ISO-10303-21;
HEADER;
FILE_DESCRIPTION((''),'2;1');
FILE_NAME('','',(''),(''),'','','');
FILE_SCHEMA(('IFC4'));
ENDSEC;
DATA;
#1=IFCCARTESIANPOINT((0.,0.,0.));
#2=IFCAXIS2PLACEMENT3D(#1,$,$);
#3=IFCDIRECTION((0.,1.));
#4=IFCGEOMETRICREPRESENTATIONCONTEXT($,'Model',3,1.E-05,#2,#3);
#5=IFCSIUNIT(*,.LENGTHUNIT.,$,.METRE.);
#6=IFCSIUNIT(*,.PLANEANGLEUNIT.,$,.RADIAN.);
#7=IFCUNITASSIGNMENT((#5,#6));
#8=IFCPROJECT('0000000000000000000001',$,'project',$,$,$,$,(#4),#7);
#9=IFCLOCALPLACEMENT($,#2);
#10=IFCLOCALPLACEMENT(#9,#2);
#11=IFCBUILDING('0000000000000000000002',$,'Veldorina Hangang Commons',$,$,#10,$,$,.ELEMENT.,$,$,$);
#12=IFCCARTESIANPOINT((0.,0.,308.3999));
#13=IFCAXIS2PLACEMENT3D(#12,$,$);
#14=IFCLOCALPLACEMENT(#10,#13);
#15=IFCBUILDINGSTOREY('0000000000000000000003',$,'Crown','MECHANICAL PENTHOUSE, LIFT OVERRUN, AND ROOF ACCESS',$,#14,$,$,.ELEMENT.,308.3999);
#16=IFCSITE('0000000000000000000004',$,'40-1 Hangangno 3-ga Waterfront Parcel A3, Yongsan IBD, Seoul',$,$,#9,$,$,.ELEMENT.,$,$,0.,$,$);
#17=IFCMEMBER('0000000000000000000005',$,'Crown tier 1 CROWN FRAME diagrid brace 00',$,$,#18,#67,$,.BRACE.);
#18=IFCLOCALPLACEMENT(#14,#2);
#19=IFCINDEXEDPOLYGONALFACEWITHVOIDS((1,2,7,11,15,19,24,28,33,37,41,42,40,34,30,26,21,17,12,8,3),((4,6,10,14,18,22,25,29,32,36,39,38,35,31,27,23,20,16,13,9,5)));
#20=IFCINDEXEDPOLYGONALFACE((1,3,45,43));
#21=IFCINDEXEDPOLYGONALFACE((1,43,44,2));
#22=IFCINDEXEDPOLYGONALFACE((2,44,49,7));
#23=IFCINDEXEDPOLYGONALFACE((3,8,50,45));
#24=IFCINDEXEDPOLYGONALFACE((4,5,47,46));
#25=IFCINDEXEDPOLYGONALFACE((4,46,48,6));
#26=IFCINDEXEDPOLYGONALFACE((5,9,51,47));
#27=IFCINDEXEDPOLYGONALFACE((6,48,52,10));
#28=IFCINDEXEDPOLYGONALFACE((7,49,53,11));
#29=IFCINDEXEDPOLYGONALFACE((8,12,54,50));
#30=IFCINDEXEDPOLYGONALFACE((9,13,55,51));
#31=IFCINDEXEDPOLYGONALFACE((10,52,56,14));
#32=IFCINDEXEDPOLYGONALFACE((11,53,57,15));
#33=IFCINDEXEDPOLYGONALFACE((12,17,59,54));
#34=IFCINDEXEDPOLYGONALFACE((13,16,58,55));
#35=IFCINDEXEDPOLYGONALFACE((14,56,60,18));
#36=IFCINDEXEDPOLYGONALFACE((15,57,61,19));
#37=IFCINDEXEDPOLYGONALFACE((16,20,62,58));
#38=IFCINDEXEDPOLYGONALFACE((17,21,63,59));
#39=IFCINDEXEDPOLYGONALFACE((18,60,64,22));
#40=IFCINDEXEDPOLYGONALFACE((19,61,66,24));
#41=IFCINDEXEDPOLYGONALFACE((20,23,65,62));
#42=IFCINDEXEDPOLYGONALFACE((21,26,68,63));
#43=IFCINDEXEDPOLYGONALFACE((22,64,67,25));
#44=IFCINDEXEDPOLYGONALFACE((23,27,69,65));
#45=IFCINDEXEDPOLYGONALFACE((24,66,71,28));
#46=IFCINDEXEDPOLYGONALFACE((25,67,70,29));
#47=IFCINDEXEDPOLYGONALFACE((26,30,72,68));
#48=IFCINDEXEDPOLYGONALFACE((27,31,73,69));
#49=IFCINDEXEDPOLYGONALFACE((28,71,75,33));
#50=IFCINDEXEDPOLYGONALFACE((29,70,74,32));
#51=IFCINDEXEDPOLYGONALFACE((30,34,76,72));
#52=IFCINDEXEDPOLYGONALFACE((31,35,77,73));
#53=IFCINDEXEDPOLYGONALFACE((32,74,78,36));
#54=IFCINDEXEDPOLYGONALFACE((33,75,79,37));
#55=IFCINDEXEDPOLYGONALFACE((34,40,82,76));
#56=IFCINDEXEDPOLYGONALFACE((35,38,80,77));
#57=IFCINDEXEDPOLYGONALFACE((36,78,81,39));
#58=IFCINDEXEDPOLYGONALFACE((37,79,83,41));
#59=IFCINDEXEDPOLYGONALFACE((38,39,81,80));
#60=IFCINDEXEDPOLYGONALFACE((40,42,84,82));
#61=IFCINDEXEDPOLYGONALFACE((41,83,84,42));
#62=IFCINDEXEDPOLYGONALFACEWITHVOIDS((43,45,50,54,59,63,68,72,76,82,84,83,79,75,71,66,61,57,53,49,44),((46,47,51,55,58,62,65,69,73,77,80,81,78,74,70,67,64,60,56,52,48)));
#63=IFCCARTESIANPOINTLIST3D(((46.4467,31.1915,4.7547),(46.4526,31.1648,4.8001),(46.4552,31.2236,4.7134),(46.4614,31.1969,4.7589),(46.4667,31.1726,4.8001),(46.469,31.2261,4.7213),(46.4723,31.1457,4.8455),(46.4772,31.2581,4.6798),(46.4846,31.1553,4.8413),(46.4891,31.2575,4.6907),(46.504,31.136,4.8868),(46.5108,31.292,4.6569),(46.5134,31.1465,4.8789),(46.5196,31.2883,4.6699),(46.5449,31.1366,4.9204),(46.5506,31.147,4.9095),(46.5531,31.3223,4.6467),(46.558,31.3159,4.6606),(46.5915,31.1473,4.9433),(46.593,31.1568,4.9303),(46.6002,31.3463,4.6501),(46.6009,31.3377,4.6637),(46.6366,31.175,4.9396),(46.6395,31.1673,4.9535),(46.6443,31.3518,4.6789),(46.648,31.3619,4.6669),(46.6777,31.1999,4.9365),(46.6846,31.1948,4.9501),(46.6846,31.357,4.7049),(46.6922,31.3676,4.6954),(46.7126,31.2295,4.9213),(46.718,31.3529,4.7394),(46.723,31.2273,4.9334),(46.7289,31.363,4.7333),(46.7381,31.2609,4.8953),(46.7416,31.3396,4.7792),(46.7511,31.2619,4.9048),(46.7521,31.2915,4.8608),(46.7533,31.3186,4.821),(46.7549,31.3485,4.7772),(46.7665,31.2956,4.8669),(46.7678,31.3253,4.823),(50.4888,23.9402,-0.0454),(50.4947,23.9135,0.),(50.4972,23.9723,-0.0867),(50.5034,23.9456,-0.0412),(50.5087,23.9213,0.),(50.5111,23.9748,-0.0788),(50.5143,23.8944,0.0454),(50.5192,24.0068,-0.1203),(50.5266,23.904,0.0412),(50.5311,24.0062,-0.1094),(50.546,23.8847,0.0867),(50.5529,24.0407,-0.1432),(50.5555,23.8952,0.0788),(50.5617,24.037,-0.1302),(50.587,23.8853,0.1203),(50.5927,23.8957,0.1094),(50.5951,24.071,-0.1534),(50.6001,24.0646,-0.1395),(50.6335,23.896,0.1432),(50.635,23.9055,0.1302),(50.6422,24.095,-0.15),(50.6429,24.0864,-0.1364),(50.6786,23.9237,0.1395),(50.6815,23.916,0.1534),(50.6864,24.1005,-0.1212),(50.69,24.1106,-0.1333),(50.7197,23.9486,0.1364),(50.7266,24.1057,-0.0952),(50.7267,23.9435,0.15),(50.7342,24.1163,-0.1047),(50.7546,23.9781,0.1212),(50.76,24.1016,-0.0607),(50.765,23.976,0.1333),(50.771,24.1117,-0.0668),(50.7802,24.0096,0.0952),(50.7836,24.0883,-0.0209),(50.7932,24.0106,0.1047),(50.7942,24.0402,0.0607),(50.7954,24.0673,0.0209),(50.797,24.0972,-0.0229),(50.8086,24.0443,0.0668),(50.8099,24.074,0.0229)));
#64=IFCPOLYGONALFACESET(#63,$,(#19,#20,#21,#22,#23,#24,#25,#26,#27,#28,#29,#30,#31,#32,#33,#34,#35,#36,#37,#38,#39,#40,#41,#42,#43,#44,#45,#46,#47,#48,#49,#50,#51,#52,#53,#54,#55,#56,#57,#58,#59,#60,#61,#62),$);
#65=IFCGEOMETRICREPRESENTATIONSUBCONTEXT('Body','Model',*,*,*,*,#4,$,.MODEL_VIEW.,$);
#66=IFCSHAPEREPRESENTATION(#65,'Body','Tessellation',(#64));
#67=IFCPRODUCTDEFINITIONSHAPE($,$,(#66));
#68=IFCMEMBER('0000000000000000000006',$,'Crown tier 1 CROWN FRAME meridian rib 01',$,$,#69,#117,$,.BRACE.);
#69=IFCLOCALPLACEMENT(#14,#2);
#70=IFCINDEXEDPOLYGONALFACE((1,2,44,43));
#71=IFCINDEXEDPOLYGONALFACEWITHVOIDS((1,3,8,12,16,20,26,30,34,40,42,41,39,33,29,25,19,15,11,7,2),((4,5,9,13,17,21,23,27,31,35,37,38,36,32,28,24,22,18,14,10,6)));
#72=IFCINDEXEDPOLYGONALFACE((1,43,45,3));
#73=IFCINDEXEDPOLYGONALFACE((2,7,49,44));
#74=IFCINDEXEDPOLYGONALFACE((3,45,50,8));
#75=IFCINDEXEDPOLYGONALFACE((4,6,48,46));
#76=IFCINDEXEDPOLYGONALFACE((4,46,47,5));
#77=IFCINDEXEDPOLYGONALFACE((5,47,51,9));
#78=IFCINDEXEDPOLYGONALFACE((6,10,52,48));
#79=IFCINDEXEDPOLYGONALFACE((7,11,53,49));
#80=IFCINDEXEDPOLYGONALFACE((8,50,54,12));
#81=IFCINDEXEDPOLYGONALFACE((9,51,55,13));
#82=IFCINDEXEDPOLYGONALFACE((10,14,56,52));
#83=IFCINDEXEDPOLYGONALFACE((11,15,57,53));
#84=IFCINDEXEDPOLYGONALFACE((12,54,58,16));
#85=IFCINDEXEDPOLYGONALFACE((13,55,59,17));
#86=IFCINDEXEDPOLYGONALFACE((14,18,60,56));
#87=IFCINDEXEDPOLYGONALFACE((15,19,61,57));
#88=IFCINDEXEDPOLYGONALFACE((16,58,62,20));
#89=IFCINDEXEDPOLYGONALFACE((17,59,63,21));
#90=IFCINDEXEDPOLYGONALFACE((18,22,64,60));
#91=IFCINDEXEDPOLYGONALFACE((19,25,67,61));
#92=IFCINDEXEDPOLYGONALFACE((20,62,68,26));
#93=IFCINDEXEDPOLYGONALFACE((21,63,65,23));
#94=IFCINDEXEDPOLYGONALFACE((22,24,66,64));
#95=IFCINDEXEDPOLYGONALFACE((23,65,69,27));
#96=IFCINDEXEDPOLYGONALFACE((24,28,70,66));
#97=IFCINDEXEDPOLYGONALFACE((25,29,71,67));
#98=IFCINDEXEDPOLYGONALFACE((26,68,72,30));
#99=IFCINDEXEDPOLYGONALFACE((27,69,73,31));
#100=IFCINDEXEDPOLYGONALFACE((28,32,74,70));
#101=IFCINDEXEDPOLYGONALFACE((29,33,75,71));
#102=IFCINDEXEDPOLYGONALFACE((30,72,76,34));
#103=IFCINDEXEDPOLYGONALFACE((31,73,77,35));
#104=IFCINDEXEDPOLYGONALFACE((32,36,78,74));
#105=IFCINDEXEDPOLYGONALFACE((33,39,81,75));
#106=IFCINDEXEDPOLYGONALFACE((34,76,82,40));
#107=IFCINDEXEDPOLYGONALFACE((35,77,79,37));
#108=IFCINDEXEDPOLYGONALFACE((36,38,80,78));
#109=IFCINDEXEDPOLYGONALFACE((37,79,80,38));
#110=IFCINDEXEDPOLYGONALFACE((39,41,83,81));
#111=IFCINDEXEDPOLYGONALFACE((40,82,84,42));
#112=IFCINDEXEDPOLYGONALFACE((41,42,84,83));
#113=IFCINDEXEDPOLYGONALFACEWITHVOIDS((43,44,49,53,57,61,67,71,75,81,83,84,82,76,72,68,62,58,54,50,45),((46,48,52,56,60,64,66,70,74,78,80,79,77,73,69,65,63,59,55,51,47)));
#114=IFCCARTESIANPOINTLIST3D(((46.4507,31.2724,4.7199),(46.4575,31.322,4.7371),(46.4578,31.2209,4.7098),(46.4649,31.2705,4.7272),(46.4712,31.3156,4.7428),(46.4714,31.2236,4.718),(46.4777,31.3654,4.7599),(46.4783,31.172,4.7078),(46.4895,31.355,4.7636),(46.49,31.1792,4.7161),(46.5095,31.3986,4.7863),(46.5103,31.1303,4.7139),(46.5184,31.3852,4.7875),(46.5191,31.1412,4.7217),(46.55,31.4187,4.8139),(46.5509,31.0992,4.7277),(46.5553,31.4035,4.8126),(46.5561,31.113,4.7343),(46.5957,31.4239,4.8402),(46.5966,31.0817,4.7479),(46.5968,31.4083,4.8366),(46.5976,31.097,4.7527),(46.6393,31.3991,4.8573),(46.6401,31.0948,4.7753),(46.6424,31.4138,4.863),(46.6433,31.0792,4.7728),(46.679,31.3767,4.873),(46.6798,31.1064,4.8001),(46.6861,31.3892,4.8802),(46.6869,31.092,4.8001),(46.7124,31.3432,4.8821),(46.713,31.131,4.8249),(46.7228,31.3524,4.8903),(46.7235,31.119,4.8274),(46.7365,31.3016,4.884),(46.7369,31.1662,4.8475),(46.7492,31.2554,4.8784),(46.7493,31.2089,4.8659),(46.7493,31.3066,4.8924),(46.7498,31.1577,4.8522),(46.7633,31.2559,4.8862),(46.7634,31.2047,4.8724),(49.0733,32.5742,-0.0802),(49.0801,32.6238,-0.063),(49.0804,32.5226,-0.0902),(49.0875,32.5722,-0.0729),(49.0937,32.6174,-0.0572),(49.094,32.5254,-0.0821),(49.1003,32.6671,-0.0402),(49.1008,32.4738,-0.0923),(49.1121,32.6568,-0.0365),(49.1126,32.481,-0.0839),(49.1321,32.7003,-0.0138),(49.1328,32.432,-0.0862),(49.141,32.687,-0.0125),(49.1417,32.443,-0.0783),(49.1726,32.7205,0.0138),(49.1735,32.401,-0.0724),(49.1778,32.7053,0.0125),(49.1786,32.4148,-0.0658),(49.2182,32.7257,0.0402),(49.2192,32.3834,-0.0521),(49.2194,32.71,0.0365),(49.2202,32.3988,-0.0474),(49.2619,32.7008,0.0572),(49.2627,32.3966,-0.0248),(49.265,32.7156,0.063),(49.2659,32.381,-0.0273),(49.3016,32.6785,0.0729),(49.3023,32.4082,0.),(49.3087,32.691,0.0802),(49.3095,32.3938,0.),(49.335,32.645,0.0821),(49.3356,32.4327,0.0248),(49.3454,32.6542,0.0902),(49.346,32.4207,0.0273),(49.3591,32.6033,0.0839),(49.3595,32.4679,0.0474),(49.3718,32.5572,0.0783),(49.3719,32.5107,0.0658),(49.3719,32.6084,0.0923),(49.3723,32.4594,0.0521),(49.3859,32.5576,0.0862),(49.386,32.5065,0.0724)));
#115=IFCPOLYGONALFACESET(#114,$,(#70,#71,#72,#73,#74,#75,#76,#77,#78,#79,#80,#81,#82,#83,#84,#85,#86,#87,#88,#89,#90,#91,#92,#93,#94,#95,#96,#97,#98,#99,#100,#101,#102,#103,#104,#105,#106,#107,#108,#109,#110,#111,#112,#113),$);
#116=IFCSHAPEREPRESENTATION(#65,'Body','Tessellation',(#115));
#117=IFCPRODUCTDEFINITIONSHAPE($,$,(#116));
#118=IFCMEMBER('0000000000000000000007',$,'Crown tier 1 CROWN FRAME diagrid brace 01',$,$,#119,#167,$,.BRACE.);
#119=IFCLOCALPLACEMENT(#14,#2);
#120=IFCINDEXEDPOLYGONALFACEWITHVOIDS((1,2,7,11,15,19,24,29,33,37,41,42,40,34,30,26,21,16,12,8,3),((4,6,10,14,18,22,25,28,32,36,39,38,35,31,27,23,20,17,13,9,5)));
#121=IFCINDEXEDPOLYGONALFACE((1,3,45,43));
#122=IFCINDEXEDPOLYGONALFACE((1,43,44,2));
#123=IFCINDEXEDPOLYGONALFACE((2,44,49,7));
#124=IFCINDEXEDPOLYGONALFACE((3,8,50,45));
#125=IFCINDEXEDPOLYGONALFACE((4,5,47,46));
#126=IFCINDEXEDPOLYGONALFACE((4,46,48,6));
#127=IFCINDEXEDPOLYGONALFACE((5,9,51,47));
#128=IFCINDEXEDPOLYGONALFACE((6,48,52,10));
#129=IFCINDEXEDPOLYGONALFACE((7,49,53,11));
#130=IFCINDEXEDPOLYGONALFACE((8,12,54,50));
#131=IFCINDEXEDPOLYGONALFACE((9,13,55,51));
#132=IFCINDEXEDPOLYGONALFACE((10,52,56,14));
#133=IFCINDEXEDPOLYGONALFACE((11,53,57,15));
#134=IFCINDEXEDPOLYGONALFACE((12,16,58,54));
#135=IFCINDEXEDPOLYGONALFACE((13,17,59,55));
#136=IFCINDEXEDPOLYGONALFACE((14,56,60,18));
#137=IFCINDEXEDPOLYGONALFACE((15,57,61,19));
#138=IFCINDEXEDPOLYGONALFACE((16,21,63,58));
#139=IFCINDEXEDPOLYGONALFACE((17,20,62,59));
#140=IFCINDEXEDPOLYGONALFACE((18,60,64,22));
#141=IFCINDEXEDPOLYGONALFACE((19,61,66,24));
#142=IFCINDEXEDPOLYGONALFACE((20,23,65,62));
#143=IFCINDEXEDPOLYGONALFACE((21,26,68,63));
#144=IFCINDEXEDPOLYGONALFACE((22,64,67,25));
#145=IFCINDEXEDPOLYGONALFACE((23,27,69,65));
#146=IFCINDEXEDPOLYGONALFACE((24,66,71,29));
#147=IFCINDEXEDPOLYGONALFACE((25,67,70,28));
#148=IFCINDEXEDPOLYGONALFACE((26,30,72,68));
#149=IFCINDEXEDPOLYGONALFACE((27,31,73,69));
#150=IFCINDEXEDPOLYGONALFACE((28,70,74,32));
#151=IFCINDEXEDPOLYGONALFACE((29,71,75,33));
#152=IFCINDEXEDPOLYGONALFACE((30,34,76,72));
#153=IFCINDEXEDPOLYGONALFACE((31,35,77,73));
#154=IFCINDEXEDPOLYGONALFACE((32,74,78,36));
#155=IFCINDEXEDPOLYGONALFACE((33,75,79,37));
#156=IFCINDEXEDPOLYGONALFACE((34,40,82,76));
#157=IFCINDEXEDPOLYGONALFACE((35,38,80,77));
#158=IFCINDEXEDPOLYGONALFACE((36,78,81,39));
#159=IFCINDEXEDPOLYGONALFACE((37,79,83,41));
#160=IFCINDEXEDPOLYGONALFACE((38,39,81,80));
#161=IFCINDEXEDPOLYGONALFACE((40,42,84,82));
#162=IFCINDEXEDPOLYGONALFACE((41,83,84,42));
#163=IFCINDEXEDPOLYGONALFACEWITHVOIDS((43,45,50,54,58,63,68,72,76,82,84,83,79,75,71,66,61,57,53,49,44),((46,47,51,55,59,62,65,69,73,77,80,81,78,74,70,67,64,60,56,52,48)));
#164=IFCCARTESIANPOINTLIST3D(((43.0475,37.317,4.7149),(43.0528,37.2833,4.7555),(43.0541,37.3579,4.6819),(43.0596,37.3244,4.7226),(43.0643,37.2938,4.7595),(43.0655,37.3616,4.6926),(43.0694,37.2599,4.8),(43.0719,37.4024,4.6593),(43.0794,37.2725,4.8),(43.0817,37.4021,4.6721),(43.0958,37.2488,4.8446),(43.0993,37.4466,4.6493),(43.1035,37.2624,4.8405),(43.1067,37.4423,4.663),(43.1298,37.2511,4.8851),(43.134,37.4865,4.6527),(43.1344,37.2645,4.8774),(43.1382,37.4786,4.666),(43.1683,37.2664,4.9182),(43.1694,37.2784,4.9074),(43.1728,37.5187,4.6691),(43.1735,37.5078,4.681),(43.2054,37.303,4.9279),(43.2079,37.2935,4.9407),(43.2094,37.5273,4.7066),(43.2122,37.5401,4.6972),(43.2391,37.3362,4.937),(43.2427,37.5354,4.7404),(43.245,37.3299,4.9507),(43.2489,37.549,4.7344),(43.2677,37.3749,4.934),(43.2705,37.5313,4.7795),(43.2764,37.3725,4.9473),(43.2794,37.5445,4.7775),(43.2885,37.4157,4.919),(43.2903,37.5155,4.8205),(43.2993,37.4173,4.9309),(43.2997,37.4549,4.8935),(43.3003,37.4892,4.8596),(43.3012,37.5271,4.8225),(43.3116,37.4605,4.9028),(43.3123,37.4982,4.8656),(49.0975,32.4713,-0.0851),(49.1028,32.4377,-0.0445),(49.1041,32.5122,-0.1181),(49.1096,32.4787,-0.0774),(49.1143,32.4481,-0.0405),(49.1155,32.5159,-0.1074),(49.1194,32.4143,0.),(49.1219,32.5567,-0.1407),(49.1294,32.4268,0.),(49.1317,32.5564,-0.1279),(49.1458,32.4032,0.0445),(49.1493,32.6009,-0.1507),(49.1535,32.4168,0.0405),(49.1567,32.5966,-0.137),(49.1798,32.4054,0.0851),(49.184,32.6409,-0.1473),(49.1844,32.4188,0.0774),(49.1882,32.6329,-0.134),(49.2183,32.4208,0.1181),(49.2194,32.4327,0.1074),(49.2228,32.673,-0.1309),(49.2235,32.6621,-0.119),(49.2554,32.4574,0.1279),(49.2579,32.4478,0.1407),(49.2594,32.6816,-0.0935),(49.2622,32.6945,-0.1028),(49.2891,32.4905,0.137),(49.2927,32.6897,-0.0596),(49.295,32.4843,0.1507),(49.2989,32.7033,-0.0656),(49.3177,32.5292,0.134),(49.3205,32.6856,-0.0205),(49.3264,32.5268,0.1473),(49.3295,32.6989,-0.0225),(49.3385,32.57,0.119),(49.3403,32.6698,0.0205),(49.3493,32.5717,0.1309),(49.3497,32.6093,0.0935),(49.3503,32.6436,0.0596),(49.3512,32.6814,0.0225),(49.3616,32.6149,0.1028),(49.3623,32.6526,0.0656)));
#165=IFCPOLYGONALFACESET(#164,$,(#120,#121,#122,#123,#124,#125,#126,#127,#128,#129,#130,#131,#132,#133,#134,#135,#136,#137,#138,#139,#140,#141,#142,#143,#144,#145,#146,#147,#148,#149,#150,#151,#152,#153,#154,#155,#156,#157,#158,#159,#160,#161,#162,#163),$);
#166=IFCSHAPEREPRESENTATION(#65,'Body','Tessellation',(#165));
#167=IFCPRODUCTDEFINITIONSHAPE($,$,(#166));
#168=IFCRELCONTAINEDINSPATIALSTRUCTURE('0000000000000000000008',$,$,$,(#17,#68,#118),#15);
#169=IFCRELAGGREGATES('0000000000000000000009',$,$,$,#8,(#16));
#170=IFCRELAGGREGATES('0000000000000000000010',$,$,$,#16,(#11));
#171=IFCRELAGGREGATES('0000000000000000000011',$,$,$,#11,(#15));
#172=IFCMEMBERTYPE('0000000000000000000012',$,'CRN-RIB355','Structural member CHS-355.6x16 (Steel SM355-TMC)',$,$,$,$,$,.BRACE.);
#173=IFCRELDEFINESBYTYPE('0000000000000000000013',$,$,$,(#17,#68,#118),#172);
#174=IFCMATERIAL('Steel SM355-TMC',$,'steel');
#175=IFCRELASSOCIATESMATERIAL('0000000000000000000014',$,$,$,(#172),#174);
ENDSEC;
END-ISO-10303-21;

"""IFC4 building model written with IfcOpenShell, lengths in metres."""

from ifc_helpers import new_model, si_unit, direction, frame, origin, origin_2d, place, context, subcontext, project, spatial, hollow_circle, extrude, material, material_profile, profile_set, type_object, element, save


model = new_model("IFC4")

# Units and contexts
model_context = context("Model", 3, precision=1e-05, world=origin(), true_north=direction((0.0, 1.0)))
body_context = subcontext(model_context, "Body", "Model", "MODEL_VIEW")
ifc_project = project(units=[si_unit("LENGTHUNIT", "METRE"), si_unit("PLANEANGLEUNIT", "RADIAN")], contexts=[model_context])

# Site, building, storey
site_placement = place(None, origin())
site = spatial("IfcSite", under=ifc_project, at=site_placement, Name="40-1 Hangangno 3-ga Waterfront Parcel A3, Yongsan IBD, Seoul", CompositionType="ELEMENT", RefElevation=0.0)
building_placement = place(site_placement, origin())
building = spatial("IfcBuilding", under=site, at=building_placement, Name="Veldorina Hangang Commons", CompositionType="ELEMENT")
storey_placement = place(building_placement, frame((0.0, 0.0, 308.3999)))
storey = spatial("IfcBuildingStorey", under=building, at=storey_placement, Name="Crown", Description="MECHANICAL PENTHOUSE, LIFT OVERRUN, AND ROOF ACCESS", CompositionType="ELEMENT", Elevation=308.3999)

# Members
ifc_material_1 = material(Name="Steel SM355-TMC", Category="steel")
ifc_material_profile_1 = material_profile(ifc_material_1, hollow_circle(Radius=0.1777, WallThickness=0.0161, at=origin_2d()), Name="CHS-355.6x16")
ifc_profile_set_1 = profile_set([ifc_material_profile_1], Name="Steel SM355-TMC")
member_type_1 = type_object("IfcMemberType", Name="CRN-RIB355", Description="Structural member CHS-355.6x16 (Steel SM355-TMC)", PredefinedType="BRACE", material=ifc_profile_set_1)
member_1_placement = place(storey_placement, frame((50.6499, 24.0, 0.0), z_axis=(-0.421502, 0.756163, 0.500553), x_axis=(-0.873464, -0.486888, 0.0)))
element("IfcMember", 1, at=member_1_placement, inside=storey, type_object=member_type_1, Name="Crown tier 1 CROWN FRAME diagrid brace 00", PredefinedType="BRACE", context=body_context, shape_type="SweptSolid", body=[
    extrude(hollow_circle(Radius=0.1777, WallThickness=0.0161, at=origin_2d()), origin(), (0.0, 0.0, 1.0), 9.5896),
])
member_2_placement = place(storey_placement, frame((49.2305, 32.553, 0.0), z_axis=(-0.466437, -0.231525, 0.853717), x_axis=(0.44461, -0.895724, 0.0)))
element("IfcMember", 2, at=member_2_placement, inside=storey, type_object=member_type_1, Name="Crown tier 1 CROWN FRAME meridian rib 01", PredefinedType="BRACE", context=body_context, shape_type="SweptSolid", body=[
    extrude(hollow_circle(Radius=0.1777, WallThickness=0.0161, at=origin_2d()), origin(), (0.0, 0.0, 1.0), 5.6226),
])
member_3_placement = place(storey_placement, frame((49.2305, 32.553, 0.0), z_axis=(-0.663582, 0.531487, 0.526479), x_axis=(-0.625141, -0.780512, 0.0)))
element("IfcMember", 3, at=member_3_placement, inside=storey, type_object=member_type_1, Name="Crown tier 1 CROWN FRAME diagrid brace 01", PredefinedType="BRACE", context=body_context, shape_type="SweptSolid", body=[
    extrude(hollow_circle(Radius=0.1777, WallThickness=0.0161, at=origin_2d()), origin(), (0.0, 0.0, 1.0), 9.1172),
])

save(model, "model.ifc")
